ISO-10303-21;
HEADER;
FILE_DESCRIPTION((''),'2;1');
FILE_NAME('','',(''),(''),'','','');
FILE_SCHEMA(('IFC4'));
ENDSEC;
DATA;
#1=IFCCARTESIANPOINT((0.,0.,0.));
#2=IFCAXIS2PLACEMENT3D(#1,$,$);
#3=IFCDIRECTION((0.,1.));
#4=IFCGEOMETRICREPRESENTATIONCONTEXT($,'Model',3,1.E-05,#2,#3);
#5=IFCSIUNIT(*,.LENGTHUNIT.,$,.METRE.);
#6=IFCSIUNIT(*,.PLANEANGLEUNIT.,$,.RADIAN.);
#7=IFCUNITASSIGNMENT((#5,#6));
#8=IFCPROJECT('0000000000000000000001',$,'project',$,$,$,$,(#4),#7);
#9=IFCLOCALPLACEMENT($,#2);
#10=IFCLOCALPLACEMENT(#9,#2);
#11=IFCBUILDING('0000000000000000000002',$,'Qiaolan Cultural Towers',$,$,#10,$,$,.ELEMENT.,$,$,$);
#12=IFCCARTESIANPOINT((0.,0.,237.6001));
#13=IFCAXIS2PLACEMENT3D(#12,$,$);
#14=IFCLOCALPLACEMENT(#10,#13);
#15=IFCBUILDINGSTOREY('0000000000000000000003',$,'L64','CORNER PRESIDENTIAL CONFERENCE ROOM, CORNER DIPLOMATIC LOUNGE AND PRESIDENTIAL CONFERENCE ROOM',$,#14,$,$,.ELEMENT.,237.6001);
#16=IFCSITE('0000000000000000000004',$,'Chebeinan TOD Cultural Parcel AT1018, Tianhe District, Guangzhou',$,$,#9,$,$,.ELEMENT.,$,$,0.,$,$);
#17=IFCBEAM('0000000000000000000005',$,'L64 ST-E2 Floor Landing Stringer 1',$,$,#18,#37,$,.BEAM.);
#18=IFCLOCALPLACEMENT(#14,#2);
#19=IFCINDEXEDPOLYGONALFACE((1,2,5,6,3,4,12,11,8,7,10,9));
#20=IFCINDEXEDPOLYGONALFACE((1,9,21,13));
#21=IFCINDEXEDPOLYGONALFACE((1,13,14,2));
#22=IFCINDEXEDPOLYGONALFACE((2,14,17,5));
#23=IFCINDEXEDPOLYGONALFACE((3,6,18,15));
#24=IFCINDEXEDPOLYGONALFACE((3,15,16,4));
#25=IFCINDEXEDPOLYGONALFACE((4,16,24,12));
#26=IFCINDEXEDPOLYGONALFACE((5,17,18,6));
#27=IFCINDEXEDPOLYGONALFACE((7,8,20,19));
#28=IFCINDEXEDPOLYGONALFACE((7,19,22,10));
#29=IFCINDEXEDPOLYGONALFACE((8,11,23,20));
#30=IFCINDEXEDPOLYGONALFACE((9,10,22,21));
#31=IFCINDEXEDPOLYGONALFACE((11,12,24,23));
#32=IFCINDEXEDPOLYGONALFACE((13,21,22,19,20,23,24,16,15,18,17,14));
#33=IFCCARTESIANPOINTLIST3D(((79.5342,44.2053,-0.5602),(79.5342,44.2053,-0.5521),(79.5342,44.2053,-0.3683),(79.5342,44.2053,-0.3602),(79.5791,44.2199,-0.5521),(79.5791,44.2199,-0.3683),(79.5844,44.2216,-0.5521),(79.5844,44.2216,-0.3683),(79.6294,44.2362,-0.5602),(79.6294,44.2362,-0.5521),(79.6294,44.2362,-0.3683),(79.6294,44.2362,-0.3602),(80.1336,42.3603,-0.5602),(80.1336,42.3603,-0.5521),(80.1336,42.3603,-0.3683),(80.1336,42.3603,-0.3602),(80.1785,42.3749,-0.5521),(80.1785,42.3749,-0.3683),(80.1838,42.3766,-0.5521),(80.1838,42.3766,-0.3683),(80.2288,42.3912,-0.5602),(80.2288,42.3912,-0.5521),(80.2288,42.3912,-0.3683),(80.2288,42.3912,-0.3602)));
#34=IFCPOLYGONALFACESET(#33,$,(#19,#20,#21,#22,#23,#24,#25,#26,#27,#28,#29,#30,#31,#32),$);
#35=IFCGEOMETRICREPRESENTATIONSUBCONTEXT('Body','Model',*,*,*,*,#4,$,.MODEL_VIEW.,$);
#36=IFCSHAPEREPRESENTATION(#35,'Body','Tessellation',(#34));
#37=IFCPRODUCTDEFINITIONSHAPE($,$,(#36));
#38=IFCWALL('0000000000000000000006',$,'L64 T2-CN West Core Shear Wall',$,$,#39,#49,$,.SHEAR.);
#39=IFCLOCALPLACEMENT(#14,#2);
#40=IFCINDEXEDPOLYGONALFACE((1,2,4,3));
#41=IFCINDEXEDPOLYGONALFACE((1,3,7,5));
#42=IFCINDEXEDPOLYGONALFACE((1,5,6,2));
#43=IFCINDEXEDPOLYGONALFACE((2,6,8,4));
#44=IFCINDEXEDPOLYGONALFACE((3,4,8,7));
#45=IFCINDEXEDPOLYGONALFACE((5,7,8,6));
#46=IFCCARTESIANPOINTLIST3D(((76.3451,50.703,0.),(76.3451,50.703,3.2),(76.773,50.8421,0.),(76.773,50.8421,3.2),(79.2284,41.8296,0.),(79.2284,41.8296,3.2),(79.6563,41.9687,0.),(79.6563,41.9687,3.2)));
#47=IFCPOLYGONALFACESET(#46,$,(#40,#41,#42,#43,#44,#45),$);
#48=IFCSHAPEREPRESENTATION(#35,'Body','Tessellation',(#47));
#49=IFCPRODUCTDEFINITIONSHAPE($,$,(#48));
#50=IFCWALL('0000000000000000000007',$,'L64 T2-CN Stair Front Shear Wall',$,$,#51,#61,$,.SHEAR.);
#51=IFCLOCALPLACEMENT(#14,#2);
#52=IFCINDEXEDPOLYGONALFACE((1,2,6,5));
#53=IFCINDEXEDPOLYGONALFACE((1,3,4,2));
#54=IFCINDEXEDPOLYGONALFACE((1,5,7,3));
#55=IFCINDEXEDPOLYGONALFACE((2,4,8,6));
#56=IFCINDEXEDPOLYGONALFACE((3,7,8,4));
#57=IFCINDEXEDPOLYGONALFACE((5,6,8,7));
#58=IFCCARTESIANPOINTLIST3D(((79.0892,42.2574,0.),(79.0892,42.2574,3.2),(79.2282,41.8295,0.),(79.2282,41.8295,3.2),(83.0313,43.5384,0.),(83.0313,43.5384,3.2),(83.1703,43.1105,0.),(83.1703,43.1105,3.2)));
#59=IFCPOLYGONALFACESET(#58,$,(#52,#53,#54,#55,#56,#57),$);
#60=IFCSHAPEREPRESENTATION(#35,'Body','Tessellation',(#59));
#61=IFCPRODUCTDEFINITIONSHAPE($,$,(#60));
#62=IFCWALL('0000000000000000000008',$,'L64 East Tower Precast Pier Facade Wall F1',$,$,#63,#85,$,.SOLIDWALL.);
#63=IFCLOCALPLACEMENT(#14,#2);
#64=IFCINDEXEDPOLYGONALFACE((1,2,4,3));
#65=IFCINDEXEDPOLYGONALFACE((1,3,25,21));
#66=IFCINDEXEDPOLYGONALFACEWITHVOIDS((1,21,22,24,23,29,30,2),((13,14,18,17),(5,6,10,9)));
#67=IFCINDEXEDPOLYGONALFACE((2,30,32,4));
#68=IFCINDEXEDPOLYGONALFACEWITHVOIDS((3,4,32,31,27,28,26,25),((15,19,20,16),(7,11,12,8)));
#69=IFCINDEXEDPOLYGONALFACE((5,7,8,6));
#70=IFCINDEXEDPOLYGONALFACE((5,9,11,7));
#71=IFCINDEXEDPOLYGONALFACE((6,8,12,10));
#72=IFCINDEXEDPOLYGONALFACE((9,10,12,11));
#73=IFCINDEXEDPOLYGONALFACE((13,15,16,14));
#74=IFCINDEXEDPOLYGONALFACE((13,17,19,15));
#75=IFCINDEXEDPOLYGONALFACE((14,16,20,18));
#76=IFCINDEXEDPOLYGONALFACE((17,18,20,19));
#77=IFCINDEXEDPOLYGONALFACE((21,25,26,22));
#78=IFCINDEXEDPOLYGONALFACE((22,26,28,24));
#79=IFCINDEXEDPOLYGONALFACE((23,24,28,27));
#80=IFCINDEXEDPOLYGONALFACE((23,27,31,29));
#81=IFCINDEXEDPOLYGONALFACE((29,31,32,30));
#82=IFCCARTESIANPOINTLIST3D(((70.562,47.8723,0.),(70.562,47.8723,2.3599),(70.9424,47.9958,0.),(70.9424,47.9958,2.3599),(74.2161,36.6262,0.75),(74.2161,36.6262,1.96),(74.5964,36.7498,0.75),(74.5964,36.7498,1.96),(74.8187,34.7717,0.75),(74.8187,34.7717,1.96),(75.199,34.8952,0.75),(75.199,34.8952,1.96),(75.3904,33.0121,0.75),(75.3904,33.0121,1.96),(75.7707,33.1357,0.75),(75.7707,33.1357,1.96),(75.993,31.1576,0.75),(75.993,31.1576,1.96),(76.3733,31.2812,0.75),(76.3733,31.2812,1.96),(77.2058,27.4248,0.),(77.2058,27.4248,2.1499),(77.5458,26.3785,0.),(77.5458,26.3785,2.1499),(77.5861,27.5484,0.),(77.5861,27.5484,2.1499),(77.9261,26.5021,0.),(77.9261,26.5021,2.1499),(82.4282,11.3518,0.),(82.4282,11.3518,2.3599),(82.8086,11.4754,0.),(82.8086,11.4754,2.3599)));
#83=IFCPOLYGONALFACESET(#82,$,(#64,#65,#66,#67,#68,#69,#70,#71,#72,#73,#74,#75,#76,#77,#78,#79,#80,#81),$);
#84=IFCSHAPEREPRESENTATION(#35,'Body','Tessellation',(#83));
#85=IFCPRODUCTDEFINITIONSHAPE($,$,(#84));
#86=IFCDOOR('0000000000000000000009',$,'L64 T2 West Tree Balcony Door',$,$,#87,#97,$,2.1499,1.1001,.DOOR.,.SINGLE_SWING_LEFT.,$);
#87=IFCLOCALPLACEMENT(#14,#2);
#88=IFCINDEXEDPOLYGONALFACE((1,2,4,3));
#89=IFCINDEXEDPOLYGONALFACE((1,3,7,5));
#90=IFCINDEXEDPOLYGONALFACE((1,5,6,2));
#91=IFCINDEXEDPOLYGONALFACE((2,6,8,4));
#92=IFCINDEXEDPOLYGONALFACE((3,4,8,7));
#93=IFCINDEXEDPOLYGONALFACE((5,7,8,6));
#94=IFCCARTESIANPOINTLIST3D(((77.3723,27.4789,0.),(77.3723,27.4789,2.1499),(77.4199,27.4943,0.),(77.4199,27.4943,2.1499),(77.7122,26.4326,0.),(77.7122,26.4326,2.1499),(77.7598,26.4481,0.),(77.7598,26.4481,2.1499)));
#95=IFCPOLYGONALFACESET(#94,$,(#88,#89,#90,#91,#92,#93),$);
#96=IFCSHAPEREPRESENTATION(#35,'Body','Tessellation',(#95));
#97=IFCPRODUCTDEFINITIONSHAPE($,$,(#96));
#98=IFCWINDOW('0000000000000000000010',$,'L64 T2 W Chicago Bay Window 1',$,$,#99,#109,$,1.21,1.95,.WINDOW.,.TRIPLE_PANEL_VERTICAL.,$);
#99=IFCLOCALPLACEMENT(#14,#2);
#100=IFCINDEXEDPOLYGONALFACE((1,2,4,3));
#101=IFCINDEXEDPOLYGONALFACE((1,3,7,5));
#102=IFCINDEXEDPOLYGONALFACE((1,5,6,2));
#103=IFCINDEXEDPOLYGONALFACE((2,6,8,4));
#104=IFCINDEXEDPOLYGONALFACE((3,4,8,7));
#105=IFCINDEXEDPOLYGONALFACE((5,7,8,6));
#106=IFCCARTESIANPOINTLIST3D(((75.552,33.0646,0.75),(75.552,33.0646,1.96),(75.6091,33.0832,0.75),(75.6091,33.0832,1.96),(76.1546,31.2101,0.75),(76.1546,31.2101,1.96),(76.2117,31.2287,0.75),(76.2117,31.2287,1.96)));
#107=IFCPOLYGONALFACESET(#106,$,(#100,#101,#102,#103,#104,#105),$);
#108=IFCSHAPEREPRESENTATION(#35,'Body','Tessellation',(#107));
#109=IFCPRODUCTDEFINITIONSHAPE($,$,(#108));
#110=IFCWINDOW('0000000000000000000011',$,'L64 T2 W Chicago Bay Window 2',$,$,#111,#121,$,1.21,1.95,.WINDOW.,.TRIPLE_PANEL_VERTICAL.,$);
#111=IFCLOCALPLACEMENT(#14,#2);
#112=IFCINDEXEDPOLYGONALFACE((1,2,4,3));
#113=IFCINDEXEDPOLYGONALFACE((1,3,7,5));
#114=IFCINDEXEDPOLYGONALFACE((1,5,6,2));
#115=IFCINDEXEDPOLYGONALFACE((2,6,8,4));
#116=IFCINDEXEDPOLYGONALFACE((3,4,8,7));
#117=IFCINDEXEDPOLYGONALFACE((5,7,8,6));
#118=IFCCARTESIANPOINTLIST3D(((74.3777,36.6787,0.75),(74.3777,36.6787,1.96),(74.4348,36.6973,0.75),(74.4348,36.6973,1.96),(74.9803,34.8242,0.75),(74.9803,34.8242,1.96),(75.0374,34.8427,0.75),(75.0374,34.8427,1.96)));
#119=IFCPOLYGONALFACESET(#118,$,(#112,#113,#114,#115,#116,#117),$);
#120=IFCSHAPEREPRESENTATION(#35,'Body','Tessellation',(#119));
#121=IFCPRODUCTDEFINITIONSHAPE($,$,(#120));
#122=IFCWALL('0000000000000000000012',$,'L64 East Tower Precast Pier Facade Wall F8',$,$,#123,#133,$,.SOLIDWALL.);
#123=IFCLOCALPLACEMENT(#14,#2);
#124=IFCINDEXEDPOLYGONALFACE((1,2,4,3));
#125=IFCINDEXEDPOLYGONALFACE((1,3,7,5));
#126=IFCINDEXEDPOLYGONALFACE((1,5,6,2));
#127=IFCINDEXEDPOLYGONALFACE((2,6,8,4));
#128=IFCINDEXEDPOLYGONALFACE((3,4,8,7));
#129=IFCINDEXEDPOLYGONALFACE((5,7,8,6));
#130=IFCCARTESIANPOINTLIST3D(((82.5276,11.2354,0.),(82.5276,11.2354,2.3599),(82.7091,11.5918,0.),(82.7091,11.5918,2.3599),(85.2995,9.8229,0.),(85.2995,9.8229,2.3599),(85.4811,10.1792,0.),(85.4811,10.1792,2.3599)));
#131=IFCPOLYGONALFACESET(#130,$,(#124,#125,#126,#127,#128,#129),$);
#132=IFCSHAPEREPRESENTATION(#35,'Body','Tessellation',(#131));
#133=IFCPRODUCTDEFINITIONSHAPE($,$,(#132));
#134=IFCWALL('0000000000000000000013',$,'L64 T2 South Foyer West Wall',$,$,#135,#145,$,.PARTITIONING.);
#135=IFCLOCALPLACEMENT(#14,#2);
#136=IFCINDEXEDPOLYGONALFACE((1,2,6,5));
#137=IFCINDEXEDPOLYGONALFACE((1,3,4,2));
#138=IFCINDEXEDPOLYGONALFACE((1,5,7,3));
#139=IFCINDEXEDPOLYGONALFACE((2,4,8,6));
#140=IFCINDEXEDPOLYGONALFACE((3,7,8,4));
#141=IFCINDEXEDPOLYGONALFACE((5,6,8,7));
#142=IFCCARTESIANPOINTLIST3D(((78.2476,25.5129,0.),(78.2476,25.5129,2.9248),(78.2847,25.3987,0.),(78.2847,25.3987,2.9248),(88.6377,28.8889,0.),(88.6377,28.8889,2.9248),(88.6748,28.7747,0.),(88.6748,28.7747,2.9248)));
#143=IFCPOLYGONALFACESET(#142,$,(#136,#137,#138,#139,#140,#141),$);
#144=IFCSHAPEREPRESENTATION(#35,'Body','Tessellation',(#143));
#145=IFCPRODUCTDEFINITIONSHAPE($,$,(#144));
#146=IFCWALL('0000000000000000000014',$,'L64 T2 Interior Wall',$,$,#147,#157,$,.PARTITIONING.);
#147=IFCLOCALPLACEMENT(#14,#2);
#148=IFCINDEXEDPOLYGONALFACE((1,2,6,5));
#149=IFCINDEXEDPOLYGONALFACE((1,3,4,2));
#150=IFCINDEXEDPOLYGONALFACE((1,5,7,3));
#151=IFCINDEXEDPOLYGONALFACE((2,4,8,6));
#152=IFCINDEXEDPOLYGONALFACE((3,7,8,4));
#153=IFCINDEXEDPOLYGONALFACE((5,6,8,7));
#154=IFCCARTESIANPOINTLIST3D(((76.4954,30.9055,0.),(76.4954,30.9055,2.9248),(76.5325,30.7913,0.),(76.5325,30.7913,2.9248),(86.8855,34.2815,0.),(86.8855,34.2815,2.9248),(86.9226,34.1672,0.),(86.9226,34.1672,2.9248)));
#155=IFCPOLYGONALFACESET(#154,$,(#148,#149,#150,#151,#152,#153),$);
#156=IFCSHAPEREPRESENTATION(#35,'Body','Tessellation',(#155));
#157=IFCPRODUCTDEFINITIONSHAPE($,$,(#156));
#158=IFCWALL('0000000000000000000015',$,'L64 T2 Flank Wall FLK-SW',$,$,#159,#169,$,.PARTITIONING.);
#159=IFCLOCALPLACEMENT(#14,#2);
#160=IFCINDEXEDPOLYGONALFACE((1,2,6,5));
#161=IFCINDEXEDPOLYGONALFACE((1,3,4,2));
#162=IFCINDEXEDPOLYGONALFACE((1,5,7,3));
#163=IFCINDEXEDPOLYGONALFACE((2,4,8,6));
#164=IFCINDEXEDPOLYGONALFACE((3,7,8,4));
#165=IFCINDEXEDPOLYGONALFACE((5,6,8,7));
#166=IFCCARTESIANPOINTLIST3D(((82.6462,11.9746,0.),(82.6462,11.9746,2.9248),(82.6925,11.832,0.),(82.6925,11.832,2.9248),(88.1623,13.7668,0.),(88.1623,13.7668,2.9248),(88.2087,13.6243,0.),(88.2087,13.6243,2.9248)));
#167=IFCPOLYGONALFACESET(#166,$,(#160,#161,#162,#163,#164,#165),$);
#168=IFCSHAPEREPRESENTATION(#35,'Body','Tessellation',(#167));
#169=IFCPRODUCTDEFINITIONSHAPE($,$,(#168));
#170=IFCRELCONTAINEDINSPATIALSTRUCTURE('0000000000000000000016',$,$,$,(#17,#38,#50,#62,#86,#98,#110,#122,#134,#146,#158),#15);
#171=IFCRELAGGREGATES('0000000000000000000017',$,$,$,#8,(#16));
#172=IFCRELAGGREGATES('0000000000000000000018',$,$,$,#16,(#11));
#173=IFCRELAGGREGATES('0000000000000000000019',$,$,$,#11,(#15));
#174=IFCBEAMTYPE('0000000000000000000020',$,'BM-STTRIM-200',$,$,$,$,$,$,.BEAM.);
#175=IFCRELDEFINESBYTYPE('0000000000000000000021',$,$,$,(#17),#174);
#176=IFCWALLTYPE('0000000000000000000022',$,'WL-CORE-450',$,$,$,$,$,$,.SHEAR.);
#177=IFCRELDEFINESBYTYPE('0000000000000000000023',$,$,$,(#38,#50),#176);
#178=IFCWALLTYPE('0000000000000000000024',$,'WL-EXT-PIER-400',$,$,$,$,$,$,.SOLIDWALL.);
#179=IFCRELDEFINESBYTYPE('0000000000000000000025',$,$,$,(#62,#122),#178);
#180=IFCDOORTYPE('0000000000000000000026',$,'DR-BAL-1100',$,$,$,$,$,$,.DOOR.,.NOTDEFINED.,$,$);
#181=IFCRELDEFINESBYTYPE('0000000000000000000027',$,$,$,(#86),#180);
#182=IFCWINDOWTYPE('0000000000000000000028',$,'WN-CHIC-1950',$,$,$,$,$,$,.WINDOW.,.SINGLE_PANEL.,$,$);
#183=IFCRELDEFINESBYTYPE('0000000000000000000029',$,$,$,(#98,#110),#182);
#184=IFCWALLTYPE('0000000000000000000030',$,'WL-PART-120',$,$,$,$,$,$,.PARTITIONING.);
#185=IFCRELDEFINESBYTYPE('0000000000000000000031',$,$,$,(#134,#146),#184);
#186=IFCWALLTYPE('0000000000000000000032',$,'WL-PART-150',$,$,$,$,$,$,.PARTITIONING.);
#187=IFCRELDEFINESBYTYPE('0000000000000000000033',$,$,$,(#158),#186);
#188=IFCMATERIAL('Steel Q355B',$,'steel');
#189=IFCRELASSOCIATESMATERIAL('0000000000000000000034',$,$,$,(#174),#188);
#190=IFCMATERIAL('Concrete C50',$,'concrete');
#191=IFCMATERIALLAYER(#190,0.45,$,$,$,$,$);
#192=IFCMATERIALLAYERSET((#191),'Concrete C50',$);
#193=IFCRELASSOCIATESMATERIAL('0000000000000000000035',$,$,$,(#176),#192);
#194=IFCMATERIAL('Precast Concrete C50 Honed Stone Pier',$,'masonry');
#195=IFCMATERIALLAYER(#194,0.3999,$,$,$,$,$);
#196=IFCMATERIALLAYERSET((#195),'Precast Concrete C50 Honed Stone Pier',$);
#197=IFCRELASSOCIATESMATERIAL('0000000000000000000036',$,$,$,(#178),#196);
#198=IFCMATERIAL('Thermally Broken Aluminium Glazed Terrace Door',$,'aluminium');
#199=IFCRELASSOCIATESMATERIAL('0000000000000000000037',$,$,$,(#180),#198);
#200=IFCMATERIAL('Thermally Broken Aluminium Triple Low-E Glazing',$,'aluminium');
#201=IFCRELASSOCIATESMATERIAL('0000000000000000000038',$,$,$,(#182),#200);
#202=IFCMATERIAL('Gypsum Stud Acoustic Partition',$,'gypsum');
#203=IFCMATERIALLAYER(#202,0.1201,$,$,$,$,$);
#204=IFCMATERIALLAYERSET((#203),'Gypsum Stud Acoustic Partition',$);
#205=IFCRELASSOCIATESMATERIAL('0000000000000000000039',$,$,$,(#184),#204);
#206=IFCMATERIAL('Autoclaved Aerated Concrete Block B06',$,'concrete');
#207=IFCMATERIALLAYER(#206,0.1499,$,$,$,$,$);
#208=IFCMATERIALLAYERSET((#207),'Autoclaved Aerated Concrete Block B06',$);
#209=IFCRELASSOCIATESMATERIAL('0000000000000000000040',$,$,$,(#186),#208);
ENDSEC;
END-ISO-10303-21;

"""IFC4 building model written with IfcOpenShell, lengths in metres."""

from ifc_helpers import new_model, si_unit, direction, frame, frame_2d, origin, origin_2d, place, context, subcontext, project, spatial, rectangle, i_section, extrude, material, layer, layer_set, material_profile, profile_set, type_object, element, fill, save


model = new_model("IFC4")

# Units and contexts
model_context = context("Model", 3, precision=1e-05, world=origin(), true_north=direction((0.0, 1.0)))
body_context = subcontext(model_context, "Body", "Model", "MODEL_VIEW")
ifc_project = project(units=[si_unit("LENGTHUNIT", "METRE"), si_unit("PLANEANGLEUNIT", "RADIAN")], contexts=[model_context])

# Site, building, storey
site_placement = place(None, origin())
site = spatial("IfcSite", under=ifc_project, at=site_placement, Name="Chebeinan TOD Cultural Parcel AT1018, Tianhe District, Guangzhou", CompositionType="ELEMENT", RefElevation=0.0)
building_placement = place(site_placement, origin())
building = spatial("IfcBuilding", under=site, at=building_placement, Name="Qiaolan Cultural Towers", CompositionType="ELEMENT")
storey_placement = place(building_placement, frame((0.0, 0.0, 237.6001)))
storey = spatial("IfcBuildingStorey", under=building, at=storey_placement, Name="L64", Description="CORNER PRESIDENTIAL CONFERENCE ROOM, CORNER DIPLOMATIC LOUNGE AND PRESIDENTIAL CONFERENCE ROOM", CompositionType="ELEMENT", Elevation=237.6001)

# Beam
ifc_material_1 = material(Name="Steel Q355B", Category="steel")
ifc_material_profile_1 = material_profile(ifc_material_1, i_section(OverallWidth=0.1001, OverallDepth=0.2, WebThickness=0.0056, FlangeThickness=0.0081, at=origin_2d()), Name="HN200x100x5.5x8")
ifc_profile_set_1 = profile_set([ifc_material_profile_1], Name="Steel Q355B")
beam_type_1 = type_object("IfcBeamType", Name="BM-STTRIM-200", PredefinedType="BEAM", material=ifc_profile_set_1)
beam_1_placement = place(storey_placement, frame((80.1812, 42.3757, -0.4602), z_axis=(-0.308969, 0.951072, 0.0), x_axis=(-0.951072, -0.308969, 0.0)))
element("IfcBeam", 1, at=beam_1_placement, inside=storey, type_object=beam_type_1, Name="L64 ST-E2 Floor Landing Stringer 1", PredefinedType="BEAM", context=body_context, shape_type="SweptSolid", body=[
    extrude(i_section(OverallWidth=0.1001, OverallDepth=0.2, WebThickness=0.0056, FlangeThickness=0.0081, at=origin_2d()), origin(), (0.0, 0.0, 1.0), 1.9399),
])

# Walls
ifc_material_2 = material(Name="Concrete C50", Category="concrete")
ifc_layer_1 = layer(ifc_material_2, 0.45)
ifc_layer_set_1 = layer_set([ifc_layer_1], Name="Concrete C50")
wall_type_1 = type_object("IfcWallType", Name="WL-CORE-450", PredefinedType="SHEAR", material=ifc_layer_set_1)
wall_1_placement = place(storey_placement, frame((79.4424, 41.8992, 0.0), z_axis=(0.0, 0.0, 1.0), x_axis=(-0.309036, 0.95105, 0.0)))
element("IfcWall", 2, at=wall_1_placement, inside=storey, type_object=wall_type_1, Name="L64 T2-CN West Core Shear Wall", PredefinedType="SHEAR", context=body_context, shape_type="SweptSolid", body=[
    extrude(rectangle(XDim=9.3301, YDim=0.45, at=frame_2d((4.665, 0.0))), origin(), (0.0, 0.0, 1.0), 3.2),
])
wall_2_placement = place(storey_placement, frame((79.1587, 42.0435, 0.0), z_axis=(0.0, 0.0, 1.0), x_axis=(0.951047, 0.309045, 0.0)))
element("IfcWall", 3, at=wall_2_placement, inside=storey, type_object=wall_type_1, Name="L64 T2-CN Stair Front Shear Wall", PredefinedType="SHEAR", context=body_context, shape_type="SweptSolid", body=[
    extrude(rectangle(XDim=4.145, YDim=0.45, at=frame_2d((2.0725, 0.0))), origin(), (0.0, 0.0, 1.0), 3.2),
])

# Wall, openings, door, windows
ifc_material_3 = material(Name="Precast Concrete C50 Honed Stone Pier", Category="masonry")
ifc_layer_2 = layer(ifc_material_3, 0.3999)
ifc_layer_set_2 = layer_set([ifc_layer_2], Name="Precast Concrete C50 Honed Stone Pier")
wall_type_2 = type_object("IfcWallType", Name="WL-EXT-PIER-400", PredefinedType="SOLIDWALL", material=ifc_layer_set_2)
wall_3_placement = place(storey_placement, frame((82.6184, 11.4136, 0.0), z_axis=(0.0, 0.0, 1.0), x_axis=(-0.309016, 0.951057, 0.0)))
wall_3 = element("IfcWall", 4, at=wall_3_placement, inside=storey, type_object=wall_type_2, Name="L64 East Tower Precast Pier Facade Wall F1", PredefinedType="SOLIDWALL", context=body_context, shape_type="SweptSolid", body=[
    extrude(rectangle(XDim=38.3999, YDim=0.3999, at=frame_2d((19.2, 0.0))), origin(), (0.0, 0.0, 1.0), 2.3599),
])
opening_1_placement = place(wall_3_placement, frame((20.825, 0.0, 0.75)))
opening_1 = element("IfcOpeningElement", 5, at=opening_1_placement, cuts=wall_3, PredefinedType="OPENING", context=body_context, shape_type="SweptSolid", body=[
    extrude(rectangle(XDim=1.95, YDim=1.21, at=frame_2d((0.9751, 0.605))), frame((0.0, 0.21, 0.0), z_axis=(0.0, -1.0, 0.0), x_axis=(1.0, 0.0, 0.0)), (0.0, 0.0, 1.0), 0.4199),
])
opening_2_placement = place(wall_3_placement, frame((24.625, 0.0, 0.75)))
opening_2 = element("IfcOpeningElement", 6, at=opening_2_placement, cuts=wall_3, PredefinedType="OPENING", context=body_context, shape_type="SweptSolid", body=[
    extrude(rectangle(XDim=1.95, YDim=1.21, at=frame_2d((0.9751, 0.605))), frame((0.0, 0.21, 0.0), z_axis=(0.0, -1.0, 0.0), x_axis=(1.0, 0.0, 0.0)), (0.0, 0.0, 1.0), 0.4199),
])
opening_3_placement = place(wall_3_placement, frame((15.8, 0.0, 0.0)))
opening_3 = element("IfcOpeningElement", 7, at=opening_3_placement, cuts=wall_3, PredefinedType="OPENING", context=body_context, shape_type="SweptSolid", body=[
    extrude(rectangle(XDim=1.1001, YDim=2.1499, at=frame_2d((0.55, 1.075))), frame((0.0, 0.21, 0.0), z_axis=(0.0, -1.0, 0.0), x_axis=(1.0, 0.0, 0.0)), (0.0, 0.0, 1.0), 0.4199),
])
ifc_material_4 = material(Name="Thermally Broken Aluminium Glazed Terrace Door", Category="aluminium")
door_type_1 = type_object("IfcDoorType", Name="DR-BAL-1100", OperationType="NOTDEFINED", PredefinedType="DOOR", material=ifc_material_4)
door_1_placement = place(opening_3_placement, origin())
door_1 = element("IfcDoor", 8, at=door_1_placement, inside=storey, type_object=door_type_1, Name="L64 T2 West Tree Balcony Door", OperationType="SINGLE_SWING_LEFT", OverallHeight=2.1499, OverallWidth=1.1001, PredefinedType="DOOR", context=body_context, shape_type="SweptSolid", body=[
    extrude(rectangle(XDim=1.1001, YDim=2.1499, at=frame_2d((0.55, 1.075))), frame((0.0, 0.0249, 0.0), z_axis=(0.0, -1.0, 0.0), x_axis=(1.0, 0.0, 0.0)), (0.0, 0.0, 1.0), 0.05),
])
fill(opening_3, door_1)
ifc_material_5 = material(Name="Thermally Broken Aluminium Triple Low-E Glazing", Category="aluminium")
window_type = type_object("IfcWindowType", Name="WN-CHIC-1950", PartitioningType="SINGLE_PANEL", PredefinedType="WINDOW", material=ifc_material_5)
window_1_placement = place(opening_1_placement, origin())
window_1 = element("IfcWindow", 9, at=window_1_placement, inside=storey, type_object=window_type, Name="L64 T2 W Chicago Bay Window 1", OverallHeight=1.21, OverallWidth=1.95, PartitioningType="TRIPLE_PANEL_VERTICAL", PredefinedType="WINDOW", context=body_context, shape_type="SweptSolid", body=[
    extrude(rectangle(XDim=1.95, YDim=1.21, at=frame_2d((0.9751, 0.605))), frame((0.0, 0.03, 0.0), z_axis=(0.0, -1.0, 0.0), x_axis=(1.0, 0.0, 0.0)), (0.0, 0.0, 1.0), 0.0601),
])
fill(opening_1, window_1)
window_2_placement = place(opening_2_placement, origin())
window_2 = element("IfcWindow", 10, at=window_2_placement, inside=storey, type_object=window_type, Name="L64 T2 W Chicago Bay Window 2", OverallHeight=1.21, OverallWidth=1.95, PartitioningType="TRIPLE_PANEL_VERTICAL", PredefinedType="WINDOW", context=body_context, shape_type="SweptSolid", body=[
    extrude(rectangle(XDim=1.95, YDim=1.21, at=frame_2d((0.9751, 0.605))), frame((0.0, 0.03, 0.0), z_axis=(0.0, -1.0, 0.0), x_axis=(1.0, 0.0, 0.0)), (0.0, 0.0, 1.0), 0.0601),
])
fill(opening_2, window_2)

# Walls
wall_4_placement = place(storey_placement, frame((85.3904, 10.001, 0.0), z_axis=(0.0, 0.0, 1.0), x_axis=(-0.89098, 0.454043, 0.0)))
element("IfcWall", 11, at=wall_4_placement, inside=storey, type_object=wall_type_2, Name="L64 East Tower Precast Pier Facade Wall F8", PredefinedType="SOLIDWALL", context=body_context, shape_type="SweptSolid", body=[
    extrude(rectangle(XDim=3.1111, YDim=0.3999, at=frame_2d((1.5557, 0.0))), origin(), (0.0, 0.0, 1.0), 2.3599),
])
ifc_material_6 = material(Name="Gypsum Stud Acoustic Partition", Category="gypsum")
ifc_layer_3 = layer(ifc_material_6, 0.1201)
ifc_layer_set_3 = layer_set([ifc_layer_3], Name="Gypsum Stud Acoustic Partition")
wall_type_3 = type_object("IfcWallType", Name="WL-PART-120", PredefinedType="PARTITIONING", material=ifc_layer_set_3)
for number, where, z_axis, x_axis, name in (
    (12, (78.2661, 25.4558, 0.0), (0.0, 0.0, 1.0), (0.951056, 0.309018, 0.0), "L64 T2 South Foyer West Wall"),
    (13, (76.5139, 30.8484, 0.0), (0.0, 0.0, 1.0), (0.951056, 0.309018, 0.0), "L64 T2 Interior Wall"),
):
    element("IfcWall", number, at=place(storey_placement, frame(where, z_axis=z_axis, x_axis=x_axis)), inside=storey, type_object=wall_type_3, Name=name, PredefinedType="PARTITIONING", context=body_context, shape_type="SweptSolid", body=[
        extrude(rectangle(XDim=10.9248, YDim=0.1201, at=frame_2d((5.4624, 0.0))), origin(), (0.0, 0.0, 1.0), 2.9248),
    ])
ifc_material_7 = material(Name="Autoclaved Aerated Concrete Block B06", Category="concrete")
ifc_layer_4 = layer(ifc_material_7, 0.1499)
ifc_layer_set_4 = layer_set([ifc_layer_4], Name="Autoclaved Aerated Concrete Block B06")
wall_type_4 = type_object("IfcWallType", Name="WL-PART-150", PredefinedType="PARTITIONING", material=ifc_layer_set_4)
wall_5_placement = place(storey_placement, frame((82.6694, 11.9033, 0.0), z_axis=(0.0, 0.0, 1.0), x_axis=(0.951059, 0.309008, 0.0)))
element("IfcWall", 14, at=wall_5_placement, inside=storey, type_object=wall_type_4, Name="L64 T2 Flank Wall FLK-SW", PredefinedType="PARTITIONING", context=body_context, shape_type="SweptSolid", body=[
    extrude(rectangle(XDim=5.8, YDim=0.1499, at=frame_2d((2.8999, 0.0))), origin(), (0.0, 0.0, 1.0), 2.9248),
])

save(model, "model.ifc")
